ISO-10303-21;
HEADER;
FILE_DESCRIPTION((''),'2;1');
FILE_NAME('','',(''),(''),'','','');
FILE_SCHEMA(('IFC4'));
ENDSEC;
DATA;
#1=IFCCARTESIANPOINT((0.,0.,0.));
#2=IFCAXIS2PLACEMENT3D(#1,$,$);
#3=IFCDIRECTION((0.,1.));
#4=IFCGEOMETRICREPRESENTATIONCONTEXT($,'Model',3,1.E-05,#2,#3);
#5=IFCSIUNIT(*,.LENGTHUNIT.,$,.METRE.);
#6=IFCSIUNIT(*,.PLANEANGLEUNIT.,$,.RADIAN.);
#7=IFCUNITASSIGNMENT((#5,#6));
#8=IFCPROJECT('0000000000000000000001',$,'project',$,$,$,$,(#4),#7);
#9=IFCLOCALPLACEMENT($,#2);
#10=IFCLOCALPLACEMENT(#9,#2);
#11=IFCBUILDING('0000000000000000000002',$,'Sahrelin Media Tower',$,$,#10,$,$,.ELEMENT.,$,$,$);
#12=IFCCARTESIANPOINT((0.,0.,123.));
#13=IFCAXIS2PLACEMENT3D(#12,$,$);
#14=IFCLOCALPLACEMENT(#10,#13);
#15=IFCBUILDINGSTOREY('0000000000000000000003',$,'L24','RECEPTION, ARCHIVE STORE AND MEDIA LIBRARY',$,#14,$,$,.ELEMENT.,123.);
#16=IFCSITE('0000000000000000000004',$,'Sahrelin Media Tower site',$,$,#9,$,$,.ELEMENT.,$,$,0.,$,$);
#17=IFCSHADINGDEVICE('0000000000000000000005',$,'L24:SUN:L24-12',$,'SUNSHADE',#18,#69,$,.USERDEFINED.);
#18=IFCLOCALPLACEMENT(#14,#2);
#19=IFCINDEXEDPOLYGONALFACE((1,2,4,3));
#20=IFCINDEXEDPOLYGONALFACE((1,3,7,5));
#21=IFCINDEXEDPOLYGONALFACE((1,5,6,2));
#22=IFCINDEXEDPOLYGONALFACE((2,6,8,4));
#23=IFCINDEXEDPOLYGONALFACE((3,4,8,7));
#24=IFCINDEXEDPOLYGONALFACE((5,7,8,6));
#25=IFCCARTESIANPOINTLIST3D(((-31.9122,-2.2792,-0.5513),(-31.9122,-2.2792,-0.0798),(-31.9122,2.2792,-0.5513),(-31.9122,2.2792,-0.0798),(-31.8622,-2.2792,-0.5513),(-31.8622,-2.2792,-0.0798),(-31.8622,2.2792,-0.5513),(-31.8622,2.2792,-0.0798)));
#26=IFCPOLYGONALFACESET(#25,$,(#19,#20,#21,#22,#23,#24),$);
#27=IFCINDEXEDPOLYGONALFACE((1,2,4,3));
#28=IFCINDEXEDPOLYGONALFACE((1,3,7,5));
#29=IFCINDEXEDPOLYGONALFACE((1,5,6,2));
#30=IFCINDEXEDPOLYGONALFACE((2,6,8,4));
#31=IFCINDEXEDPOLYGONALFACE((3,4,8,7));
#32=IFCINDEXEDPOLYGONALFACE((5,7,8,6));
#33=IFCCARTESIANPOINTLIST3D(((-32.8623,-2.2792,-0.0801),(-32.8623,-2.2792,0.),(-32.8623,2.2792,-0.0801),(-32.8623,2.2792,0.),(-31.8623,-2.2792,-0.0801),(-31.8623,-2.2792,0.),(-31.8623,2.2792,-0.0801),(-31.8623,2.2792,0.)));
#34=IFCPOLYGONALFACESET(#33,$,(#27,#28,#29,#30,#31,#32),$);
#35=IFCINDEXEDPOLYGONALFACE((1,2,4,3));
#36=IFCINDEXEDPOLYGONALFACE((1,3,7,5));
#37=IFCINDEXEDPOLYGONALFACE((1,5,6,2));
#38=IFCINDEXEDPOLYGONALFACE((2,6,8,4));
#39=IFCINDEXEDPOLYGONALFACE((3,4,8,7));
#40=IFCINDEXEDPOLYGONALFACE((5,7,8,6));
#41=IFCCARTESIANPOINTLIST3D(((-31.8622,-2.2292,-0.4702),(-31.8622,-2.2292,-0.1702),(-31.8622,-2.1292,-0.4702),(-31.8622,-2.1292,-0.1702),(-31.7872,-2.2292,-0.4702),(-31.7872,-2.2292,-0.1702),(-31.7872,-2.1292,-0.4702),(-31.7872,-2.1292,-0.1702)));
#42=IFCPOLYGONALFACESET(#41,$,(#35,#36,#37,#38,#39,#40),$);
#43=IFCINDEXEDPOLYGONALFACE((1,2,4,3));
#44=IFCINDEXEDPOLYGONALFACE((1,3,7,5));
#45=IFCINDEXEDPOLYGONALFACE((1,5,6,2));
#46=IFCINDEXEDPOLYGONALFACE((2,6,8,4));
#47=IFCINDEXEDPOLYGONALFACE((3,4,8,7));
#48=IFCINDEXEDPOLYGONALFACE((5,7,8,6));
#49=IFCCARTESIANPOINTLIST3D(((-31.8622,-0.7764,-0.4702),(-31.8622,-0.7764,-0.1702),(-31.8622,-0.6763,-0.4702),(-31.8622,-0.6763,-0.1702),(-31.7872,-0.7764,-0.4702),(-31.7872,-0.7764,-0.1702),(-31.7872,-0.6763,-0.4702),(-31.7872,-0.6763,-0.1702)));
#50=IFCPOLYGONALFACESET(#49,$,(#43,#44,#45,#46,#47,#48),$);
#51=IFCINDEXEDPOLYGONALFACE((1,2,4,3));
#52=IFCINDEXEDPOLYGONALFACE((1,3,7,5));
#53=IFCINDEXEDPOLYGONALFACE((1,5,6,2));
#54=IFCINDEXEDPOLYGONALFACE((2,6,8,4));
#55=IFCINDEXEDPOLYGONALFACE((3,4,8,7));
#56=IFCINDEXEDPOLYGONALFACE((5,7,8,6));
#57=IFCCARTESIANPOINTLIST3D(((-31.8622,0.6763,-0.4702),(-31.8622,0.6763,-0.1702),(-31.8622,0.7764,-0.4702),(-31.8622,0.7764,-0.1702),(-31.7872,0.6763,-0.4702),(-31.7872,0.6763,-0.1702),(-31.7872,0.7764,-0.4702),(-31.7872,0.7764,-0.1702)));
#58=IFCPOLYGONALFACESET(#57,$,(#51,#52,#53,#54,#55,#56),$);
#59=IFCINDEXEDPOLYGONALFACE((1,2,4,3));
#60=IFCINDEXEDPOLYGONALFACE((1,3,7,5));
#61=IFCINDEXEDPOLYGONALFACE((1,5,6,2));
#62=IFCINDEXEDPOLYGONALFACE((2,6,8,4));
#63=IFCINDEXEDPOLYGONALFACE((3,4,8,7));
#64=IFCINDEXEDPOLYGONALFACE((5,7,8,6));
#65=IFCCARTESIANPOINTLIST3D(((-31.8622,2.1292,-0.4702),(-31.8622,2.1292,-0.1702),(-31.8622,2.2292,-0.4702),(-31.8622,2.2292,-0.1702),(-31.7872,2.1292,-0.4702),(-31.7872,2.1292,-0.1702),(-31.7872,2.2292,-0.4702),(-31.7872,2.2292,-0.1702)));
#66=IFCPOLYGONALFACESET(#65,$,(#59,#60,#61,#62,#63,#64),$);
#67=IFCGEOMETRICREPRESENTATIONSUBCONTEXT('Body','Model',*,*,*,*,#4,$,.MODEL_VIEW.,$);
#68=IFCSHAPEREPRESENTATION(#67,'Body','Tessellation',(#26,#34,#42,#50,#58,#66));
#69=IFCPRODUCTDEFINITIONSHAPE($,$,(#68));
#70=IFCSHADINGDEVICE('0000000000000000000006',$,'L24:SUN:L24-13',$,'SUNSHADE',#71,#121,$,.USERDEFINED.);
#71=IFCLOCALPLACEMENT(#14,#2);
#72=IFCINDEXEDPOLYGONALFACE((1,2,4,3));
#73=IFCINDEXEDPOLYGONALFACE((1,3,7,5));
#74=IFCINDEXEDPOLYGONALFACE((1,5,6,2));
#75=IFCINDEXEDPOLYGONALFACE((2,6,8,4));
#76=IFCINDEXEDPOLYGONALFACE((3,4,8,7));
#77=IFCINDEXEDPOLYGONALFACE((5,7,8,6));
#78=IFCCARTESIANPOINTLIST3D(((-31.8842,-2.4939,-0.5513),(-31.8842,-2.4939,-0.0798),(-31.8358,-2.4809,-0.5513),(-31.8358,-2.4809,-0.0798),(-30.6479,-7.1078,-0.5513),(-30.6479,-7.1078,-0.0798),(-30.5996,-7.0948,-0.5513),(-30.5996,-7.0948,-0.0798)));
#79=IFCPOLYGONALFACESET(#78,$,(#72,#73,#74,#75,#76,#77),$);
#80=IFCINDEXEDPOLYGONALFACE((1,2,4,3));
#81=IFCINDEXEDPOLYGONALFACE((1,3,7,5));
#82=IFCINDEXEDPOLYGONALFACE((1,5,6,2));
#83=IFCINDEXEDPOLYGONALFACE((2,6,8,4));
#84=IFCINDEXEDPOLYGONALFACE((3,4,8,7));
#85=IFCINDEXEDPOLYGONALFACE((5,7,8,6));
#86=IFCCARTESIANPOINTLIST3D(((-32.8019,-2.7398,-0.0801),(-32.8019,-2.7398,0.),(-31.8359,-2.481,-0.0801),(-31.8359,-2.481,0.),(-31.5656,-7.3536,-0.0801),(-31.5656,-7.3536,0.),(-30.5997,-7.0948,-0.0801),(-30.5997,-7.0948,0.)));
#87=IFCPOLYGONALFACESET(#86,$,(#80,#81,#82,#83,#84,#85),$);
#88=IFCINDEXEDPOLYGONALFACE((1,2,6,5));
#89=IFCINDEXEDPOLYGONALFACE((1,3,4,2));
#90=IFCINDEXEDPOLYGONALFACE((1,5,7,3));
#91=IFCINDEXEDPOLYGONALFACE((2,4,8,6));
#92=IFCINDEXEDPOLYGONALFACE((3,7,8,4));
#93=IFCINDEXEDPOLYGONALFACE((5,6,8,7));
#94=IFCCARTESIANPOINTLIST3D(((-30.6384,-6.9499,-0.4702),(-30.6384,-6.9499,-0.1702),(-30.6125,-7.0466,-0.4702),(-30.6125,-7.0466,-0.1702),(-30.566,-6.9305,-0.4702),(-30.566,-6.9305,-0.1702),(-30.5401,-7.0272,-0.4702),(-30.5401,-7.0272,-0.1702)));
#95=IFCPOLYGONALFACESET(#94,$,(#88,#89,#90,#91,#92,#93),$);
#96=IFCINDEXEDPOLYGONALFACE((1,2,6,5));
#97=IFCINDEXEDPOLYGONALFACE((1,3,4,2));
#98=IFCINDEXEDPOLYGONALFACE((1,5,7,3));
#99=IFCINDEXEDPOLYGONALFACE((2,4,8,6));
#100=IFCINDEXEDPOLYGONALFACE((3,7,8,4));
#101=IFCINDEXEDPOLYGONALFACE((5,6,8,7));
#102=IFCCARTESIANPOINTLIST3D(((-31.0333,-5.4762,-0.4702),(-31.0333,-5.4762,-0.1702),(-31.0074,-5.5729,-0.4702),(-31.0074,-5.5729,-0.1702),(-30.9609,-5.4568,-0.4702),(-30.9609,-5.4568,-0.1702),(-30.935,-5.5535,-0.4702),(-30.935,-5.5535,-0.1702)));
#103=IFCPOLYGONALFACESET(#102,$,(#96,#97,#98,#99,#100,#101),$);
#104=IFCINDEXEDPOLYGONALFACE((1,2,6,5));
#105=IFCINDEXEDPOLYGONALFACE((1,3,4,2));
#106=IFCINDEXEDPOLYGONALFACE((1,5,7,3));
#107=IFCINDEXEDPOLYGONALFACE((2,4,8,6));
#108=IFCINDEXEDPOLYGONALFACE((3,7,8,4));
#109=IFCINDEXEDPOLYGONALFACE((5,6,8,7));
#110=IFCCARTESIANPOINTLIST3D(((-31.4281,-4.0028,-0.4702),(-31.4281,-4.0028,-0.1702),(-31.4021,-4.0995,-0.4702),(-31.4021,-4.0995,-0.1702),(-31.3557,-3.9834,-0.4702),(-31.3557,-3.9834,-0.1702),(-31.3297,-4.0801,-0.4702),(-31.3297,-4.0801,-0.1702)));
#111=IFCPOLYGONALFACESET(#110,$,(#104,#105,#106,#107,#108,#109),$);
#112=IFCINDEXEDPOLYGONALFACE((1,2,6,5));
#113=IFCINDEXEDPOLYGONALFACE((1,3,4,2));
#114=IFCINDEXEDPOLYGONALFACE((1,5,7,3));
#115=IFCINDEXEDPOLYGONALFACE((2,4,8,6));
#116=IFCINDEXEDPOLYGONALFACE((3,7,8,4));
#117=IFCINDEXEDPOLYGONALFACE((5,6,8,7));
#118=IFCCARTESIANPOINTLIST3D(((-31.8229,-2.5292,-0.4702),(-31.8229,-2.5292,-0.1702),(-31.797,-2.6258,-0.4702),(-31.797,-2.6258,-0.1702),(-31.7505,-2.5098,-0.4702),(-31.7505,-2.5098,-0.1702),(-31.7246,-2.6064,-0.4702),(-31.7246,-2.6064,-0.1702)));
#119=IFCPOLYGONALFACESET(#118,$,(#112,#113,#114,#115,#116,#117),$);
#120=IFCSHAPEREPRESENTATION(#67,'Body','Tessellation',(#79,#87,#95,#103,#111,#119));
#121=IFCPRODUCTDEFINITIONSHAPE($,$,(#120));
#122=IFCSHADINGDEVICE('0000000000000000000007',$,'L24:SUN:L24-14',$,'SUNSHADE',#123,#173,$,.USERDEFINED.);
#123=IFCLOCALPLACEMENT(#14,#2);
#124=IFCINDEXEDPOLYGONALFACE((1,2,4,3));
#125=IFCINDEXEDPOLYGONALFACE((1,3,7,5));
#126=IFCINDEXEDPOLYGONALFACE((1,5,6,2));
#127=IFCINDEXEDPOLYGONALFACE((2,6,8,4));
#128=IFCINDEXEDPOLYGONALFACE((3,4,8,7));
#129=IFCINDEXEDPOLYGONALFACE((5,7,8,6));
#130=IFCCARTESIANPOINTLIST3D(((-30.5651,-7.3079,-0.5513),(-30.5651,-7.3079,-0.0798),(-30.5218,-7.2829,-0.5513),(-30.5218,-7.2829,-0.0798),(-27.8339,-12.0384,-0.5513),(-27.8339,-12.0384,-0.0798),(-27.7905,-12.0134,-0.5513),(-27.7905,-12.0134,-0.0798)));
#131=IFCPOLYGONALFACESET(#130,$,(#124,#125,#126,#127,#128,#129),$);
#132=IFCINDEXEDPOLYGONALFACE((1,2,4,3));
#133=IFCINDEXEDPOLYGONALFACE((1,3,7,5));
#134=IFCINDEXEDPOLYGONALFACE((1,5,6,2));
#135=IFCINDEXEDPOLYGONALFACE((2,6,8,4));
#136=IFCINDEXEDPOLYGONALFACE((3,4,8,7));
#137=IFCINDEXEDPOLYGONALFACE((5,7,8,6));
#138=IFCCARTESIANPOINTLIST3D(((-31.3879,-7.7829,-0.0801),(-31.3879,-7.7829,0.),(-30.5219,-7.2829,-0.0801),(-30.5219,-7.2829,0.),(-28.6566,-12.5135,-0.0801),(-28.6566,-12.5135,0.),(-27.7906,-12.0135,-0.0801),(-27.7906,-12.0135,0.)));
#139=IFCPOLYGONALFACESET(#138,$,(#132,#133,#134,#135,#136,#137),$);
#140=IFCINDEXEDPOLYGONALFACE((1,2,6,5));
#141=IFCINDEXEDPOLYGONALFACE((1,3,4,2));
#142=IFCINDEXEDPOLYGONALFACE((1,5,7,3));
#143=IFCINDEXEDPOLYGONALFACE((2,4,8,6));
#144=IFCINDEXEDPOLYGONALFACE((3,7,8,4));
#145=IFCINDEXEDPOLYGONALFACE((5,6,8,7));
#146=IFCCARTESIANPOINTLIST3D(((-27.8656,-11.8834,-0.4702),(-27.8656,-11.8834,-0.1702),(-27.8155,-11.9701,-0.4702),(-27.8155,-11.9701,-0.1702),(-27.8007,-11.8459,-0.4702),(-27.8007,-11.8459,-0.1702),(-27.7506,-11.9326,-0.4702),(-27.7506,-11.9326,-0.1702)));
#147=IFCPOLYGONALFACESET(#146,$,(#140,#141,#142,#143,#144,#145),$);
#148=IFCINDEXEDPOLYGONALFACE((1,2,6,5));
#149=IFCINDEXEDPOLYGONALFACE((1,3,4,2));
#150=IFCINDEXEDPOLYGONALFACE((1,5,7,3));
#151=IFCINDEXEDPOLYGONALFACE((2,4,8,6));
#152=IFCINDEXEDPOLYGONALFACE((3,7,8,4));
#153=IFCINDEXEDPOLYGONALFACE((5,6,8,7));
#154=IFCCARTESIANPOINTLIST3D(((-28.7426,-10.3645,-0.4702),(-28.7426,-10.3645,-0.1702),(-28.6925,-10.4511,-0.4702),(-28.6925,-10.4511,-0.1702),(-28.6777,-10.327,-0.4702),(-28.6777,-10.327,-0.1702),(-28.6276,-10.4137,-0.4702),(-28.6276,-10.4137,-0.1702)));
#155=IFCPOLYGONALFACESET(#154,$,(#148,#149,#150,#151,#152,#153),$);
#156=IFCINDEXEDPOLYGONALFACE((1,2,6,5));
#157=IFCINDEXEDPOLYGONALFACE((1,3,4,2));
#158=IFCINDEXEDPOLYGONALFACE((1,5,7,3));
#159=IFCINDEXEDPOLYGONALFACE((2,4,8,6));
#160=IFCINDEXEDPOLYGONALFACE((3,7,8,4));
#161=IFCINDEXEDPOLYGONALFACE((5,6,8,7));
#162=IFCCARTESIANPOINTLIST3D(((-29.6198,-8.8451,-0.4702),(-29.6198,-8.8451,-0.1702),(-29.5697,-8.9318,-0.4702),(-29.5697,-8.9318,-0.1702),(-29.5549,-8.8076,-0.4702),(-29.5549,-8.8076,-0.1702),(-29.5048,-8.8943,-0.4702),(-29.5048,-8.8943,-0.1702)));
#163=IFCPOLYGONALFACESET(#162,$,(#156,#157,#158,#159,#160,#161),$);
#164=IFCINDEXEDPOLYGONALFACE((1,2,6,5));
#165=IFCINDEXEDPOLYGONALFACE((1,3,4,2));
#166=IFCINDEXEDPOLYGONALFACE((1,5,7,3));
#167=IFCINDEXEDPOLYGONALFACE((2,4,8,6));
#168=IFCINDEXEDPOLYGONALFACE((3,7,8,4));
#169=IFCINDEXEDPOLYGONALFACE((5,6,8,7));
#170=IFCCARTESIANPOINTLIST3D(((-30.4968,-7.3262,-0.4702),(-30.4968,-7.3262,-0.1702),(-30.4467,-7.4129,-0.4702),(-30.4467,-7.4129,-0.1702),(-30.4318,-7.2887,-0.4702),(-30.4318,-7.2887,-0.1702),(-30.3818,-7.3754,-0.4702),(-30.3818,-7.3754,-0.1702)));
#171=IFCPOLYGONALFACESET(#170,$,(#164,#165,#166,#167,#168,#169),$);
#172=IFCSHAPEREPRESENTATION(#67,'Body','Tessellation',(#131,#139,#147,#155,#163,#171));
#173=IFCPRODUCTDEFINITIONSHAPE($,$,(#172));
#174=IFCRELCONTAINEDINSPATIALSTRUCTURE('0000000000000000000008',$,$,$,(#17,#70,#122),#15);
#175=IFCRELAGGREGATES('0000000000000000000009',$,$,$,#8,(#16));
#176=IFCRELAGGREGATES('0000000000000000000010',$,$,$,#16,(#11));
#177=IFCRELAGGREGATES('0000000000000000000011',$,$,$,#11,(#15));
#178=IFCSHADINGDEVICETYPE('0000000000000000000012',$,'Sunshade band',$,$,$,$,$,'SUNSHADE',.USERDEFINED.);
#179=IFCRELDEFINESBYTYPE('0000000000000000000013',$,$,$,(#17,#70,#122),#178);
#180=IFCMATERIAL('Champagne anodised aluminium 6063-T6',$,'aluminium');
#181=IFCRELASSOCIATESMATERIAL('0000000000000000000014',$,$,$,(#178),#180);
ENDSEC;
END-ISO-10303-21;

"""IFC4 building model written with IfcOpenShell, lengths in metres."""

from ifc_helpers import new_model, si_unit, direction, frame, origin, origin_2d, place, context, subcontext, project, spatial, rectangle, extrude, material, type_object, element, save


model = new_model("IFC4")

# Units and contexts
model_context = context("Model", 3, precision=1e-05, world=origin(), true_north=direction((0.0, 1.0)))
body_context = subcontext(model_context, "Body", "Model", "MODEL_VIEW")
ifc_project = project(units=[si_unit("LENGTHUNIT", "METRE"), si_unit("PLANEANGLEUNIT", "RADIAN")], contexts=[model_context])

# Site, building, storey
site_placement = place(None, origin())
site = spatial("IfcSite", under=ifc_project, at=site_placement, Name="Sahrelin Media Tower site", CompositionType="ELEMENT", RefElevation=0.0)
building_placement = place(site_placement, origin())
building = spatial("IfcBuilding", under=site, at=building_placement, Name="Sahrelin Media Tower", CompositionType="ELEMENT")
storey_placement = place(building_placement, frame((0.0, 0.0, 123.0)))
storey = spatial("IfcBuildingStorey", under=building, at=storey_placement, Name="L24", Description="RECEPTION, ARCHIVE STORE AND MEDIA LIBRARY", CompositionType="ELEMENT", Elevation=123.0)

# Shared definitions
ifc_material_1 = material(Name="Champagne anodised aluminium 6063-T6", Category="aluminium")

# Shading devices
placement_1 = place(storey_placement, frame((-31.8423, 0.0, 0.0), z_axis=(0.0, 0.0, 1.0), x_axis=(0.0, 1.0, 0.0)))
placement_2 = place(storey_placement, frame((-31.1985, -4.7827, 0.0), z_axis=(0.0, 0.0, 1.0), x_axis=(-0.258808, 0.965929, 0.0)))
placement_3 = place(storey_placement, frame((-29.1389, -9.6382, 0.0), z_axis=(0.0, 0.0, 1.0), x_axis=(-0.500011, 0.866019, 0.0)))
shading_device_type_1 = type_object("IfcShadingDeviceType", Name="Sunshade band", ElementType="SUNSHADE", PredefinedType="USERDEFINED", material=ifc_material_1)
element("IfcShadingDevice", 1, at=placement_1, inside=storey, type_object=shading_device_type_1, Name="L24:SUN:L24-12", ObjectType="SUNSHADE", PredefinedType="USERDEFINED", context=body_context, shape_type="SweptSolid", body=[
    extrude(rectangle(XDim=4.5583, YDim=0.05, at=origin_2d()), frame((0.0, 0.0449, -0.5513)), (0.0, 0.0, 1.0), 0.4714),
    extrude(rectangle(XDim=4.5583, YDim=1.0, at=origin_2d()), frame((0.0, 0.52, -0.0801)), (0.0, 0.0, 1.0), 0.0801),
    extrude(rectangle(XDim=0.1001, YDim=0.075, at=origin_2d()), frame((-2.1792, -0.0176, -0.4702)), (0.0, 0.0, 1.0), 0.3),
    extrude(rectangle(XDim=0.1001, YDim=0.075, at=origin_2d()), frame((-0.7263, -0.0176, -0.4702)), (0.0, 0.0, 1.0), 0.3),
    extrude(rectangle(XDim=0.1001, YDim=0.075, at=origin_2d()), frame((0.7263, -0.0176, -0.4702)), (0.0, 0.0, 1.0), 0.3),
    extrude(rectangle(XDim=0.1001, YDim=0.075, at=origin_2d()), frame((2.1792, -0.0176, -0.4702)), (0.0, 0.0, 1.0), 0.3),
])
element("IfcShadingDevice", 2, at=placement_2, inside=storey, type_object=shading_device_type_1, Name="L24:SUN:L24-13", ObjectType="SUNSHADE", PredefinedType="USERDEFINED", context=body_context, shape_type="SweptSolid", body=[
    extrude(rectangle(XDim=4.7766, YDim=0.05, at=origin_2d()), frame((0.0, 0.0449, -0.5513)), (0.0, 0.0, 1.0), 0.4714),
    extrude(rectangle(XDim=4.7766, YDim=1.0, at=origin_2d()), frame((0.0, 0.52, -0.0801)), (0.0, 0.0, 1.0), 0.0801),
    extrude(rectangle(XDim=0.1001, YDim=0.075, at=origin_2d()), frame((-2.2883, -0.0176, -0.4702)), (0.0, 0.0, 1.0), 0.3),
    extrude(rectangle(XDim=0.1001, YDim=0.075, at=origin_2d()), frame((-0.7627, -0.0176, -0.4702)), (0.0, 0.0, 1.0), 0.3),
    extrude(rectangle(XDim=0.1001, YDim=0.075, at=origin_2d()), frame((0.7627, -0.0176, -0.4702)), (0.0, 0.0, 1.0), 0.3),
    extrude(rectangle(XDim=0.1001, YDim=0.075, at=origin_2d()), frame((2.2883, -0.0176, -0.4702)), (0.0, 0.0, 1.0), 0.3),
])
element("IfcShadingDevice", 3, at=placement_3, inside=storey, type_object=shading_device_type_1, Name="L24:SUN:L24-14", ObjectType="SUNSHADE", PredefinedType="USERDEFINED", context=body_context, shape_type="SweptSolid", body=[
    extrude(rectangle(XDim=5.4624, YDim=0.05, at=origin_2d()), frame((0.0, 0.0449, -0.5513)), (0.0, 0.0, 1.0), 0.4714),
    extrude(rectangle(XDim=5.4624, YDim=1.0, at=origin_2d()), frame((0.0, 0.52, -0.0801)), (0.0, 0.0, 1.0), 0.0801),
    extrude(rectangle(XDim=0.1001, YDim=0.075, at=origin_2d()), frame((-2.6311, -0.0176, -0.4702)), (0.0, 0.0, 1.0), 0.3),
    extrude(rectangle(XDim=0.1001, YDim=0.075, at=origin_2d()), frame((-0.8772, -0.0176, -0.4702)), (0.0, 0.0, 1.0), 0.3),
    extrude(rectangle(XDim=0.1001, YDim=0.075, at=origin_2d()), frame((0.8772, -0.0176, -0.4702)), (0.0, 0.0, 1.0), 0.3),
    extrude(rectangle(XDim=0.1001, YDim=0.075, at=origin_2d()), frame((2.6311, -0.0176, -0.4702)), (0.0, 0.0, 1.0), 0.3),
])

save(model, "model.ifc")
